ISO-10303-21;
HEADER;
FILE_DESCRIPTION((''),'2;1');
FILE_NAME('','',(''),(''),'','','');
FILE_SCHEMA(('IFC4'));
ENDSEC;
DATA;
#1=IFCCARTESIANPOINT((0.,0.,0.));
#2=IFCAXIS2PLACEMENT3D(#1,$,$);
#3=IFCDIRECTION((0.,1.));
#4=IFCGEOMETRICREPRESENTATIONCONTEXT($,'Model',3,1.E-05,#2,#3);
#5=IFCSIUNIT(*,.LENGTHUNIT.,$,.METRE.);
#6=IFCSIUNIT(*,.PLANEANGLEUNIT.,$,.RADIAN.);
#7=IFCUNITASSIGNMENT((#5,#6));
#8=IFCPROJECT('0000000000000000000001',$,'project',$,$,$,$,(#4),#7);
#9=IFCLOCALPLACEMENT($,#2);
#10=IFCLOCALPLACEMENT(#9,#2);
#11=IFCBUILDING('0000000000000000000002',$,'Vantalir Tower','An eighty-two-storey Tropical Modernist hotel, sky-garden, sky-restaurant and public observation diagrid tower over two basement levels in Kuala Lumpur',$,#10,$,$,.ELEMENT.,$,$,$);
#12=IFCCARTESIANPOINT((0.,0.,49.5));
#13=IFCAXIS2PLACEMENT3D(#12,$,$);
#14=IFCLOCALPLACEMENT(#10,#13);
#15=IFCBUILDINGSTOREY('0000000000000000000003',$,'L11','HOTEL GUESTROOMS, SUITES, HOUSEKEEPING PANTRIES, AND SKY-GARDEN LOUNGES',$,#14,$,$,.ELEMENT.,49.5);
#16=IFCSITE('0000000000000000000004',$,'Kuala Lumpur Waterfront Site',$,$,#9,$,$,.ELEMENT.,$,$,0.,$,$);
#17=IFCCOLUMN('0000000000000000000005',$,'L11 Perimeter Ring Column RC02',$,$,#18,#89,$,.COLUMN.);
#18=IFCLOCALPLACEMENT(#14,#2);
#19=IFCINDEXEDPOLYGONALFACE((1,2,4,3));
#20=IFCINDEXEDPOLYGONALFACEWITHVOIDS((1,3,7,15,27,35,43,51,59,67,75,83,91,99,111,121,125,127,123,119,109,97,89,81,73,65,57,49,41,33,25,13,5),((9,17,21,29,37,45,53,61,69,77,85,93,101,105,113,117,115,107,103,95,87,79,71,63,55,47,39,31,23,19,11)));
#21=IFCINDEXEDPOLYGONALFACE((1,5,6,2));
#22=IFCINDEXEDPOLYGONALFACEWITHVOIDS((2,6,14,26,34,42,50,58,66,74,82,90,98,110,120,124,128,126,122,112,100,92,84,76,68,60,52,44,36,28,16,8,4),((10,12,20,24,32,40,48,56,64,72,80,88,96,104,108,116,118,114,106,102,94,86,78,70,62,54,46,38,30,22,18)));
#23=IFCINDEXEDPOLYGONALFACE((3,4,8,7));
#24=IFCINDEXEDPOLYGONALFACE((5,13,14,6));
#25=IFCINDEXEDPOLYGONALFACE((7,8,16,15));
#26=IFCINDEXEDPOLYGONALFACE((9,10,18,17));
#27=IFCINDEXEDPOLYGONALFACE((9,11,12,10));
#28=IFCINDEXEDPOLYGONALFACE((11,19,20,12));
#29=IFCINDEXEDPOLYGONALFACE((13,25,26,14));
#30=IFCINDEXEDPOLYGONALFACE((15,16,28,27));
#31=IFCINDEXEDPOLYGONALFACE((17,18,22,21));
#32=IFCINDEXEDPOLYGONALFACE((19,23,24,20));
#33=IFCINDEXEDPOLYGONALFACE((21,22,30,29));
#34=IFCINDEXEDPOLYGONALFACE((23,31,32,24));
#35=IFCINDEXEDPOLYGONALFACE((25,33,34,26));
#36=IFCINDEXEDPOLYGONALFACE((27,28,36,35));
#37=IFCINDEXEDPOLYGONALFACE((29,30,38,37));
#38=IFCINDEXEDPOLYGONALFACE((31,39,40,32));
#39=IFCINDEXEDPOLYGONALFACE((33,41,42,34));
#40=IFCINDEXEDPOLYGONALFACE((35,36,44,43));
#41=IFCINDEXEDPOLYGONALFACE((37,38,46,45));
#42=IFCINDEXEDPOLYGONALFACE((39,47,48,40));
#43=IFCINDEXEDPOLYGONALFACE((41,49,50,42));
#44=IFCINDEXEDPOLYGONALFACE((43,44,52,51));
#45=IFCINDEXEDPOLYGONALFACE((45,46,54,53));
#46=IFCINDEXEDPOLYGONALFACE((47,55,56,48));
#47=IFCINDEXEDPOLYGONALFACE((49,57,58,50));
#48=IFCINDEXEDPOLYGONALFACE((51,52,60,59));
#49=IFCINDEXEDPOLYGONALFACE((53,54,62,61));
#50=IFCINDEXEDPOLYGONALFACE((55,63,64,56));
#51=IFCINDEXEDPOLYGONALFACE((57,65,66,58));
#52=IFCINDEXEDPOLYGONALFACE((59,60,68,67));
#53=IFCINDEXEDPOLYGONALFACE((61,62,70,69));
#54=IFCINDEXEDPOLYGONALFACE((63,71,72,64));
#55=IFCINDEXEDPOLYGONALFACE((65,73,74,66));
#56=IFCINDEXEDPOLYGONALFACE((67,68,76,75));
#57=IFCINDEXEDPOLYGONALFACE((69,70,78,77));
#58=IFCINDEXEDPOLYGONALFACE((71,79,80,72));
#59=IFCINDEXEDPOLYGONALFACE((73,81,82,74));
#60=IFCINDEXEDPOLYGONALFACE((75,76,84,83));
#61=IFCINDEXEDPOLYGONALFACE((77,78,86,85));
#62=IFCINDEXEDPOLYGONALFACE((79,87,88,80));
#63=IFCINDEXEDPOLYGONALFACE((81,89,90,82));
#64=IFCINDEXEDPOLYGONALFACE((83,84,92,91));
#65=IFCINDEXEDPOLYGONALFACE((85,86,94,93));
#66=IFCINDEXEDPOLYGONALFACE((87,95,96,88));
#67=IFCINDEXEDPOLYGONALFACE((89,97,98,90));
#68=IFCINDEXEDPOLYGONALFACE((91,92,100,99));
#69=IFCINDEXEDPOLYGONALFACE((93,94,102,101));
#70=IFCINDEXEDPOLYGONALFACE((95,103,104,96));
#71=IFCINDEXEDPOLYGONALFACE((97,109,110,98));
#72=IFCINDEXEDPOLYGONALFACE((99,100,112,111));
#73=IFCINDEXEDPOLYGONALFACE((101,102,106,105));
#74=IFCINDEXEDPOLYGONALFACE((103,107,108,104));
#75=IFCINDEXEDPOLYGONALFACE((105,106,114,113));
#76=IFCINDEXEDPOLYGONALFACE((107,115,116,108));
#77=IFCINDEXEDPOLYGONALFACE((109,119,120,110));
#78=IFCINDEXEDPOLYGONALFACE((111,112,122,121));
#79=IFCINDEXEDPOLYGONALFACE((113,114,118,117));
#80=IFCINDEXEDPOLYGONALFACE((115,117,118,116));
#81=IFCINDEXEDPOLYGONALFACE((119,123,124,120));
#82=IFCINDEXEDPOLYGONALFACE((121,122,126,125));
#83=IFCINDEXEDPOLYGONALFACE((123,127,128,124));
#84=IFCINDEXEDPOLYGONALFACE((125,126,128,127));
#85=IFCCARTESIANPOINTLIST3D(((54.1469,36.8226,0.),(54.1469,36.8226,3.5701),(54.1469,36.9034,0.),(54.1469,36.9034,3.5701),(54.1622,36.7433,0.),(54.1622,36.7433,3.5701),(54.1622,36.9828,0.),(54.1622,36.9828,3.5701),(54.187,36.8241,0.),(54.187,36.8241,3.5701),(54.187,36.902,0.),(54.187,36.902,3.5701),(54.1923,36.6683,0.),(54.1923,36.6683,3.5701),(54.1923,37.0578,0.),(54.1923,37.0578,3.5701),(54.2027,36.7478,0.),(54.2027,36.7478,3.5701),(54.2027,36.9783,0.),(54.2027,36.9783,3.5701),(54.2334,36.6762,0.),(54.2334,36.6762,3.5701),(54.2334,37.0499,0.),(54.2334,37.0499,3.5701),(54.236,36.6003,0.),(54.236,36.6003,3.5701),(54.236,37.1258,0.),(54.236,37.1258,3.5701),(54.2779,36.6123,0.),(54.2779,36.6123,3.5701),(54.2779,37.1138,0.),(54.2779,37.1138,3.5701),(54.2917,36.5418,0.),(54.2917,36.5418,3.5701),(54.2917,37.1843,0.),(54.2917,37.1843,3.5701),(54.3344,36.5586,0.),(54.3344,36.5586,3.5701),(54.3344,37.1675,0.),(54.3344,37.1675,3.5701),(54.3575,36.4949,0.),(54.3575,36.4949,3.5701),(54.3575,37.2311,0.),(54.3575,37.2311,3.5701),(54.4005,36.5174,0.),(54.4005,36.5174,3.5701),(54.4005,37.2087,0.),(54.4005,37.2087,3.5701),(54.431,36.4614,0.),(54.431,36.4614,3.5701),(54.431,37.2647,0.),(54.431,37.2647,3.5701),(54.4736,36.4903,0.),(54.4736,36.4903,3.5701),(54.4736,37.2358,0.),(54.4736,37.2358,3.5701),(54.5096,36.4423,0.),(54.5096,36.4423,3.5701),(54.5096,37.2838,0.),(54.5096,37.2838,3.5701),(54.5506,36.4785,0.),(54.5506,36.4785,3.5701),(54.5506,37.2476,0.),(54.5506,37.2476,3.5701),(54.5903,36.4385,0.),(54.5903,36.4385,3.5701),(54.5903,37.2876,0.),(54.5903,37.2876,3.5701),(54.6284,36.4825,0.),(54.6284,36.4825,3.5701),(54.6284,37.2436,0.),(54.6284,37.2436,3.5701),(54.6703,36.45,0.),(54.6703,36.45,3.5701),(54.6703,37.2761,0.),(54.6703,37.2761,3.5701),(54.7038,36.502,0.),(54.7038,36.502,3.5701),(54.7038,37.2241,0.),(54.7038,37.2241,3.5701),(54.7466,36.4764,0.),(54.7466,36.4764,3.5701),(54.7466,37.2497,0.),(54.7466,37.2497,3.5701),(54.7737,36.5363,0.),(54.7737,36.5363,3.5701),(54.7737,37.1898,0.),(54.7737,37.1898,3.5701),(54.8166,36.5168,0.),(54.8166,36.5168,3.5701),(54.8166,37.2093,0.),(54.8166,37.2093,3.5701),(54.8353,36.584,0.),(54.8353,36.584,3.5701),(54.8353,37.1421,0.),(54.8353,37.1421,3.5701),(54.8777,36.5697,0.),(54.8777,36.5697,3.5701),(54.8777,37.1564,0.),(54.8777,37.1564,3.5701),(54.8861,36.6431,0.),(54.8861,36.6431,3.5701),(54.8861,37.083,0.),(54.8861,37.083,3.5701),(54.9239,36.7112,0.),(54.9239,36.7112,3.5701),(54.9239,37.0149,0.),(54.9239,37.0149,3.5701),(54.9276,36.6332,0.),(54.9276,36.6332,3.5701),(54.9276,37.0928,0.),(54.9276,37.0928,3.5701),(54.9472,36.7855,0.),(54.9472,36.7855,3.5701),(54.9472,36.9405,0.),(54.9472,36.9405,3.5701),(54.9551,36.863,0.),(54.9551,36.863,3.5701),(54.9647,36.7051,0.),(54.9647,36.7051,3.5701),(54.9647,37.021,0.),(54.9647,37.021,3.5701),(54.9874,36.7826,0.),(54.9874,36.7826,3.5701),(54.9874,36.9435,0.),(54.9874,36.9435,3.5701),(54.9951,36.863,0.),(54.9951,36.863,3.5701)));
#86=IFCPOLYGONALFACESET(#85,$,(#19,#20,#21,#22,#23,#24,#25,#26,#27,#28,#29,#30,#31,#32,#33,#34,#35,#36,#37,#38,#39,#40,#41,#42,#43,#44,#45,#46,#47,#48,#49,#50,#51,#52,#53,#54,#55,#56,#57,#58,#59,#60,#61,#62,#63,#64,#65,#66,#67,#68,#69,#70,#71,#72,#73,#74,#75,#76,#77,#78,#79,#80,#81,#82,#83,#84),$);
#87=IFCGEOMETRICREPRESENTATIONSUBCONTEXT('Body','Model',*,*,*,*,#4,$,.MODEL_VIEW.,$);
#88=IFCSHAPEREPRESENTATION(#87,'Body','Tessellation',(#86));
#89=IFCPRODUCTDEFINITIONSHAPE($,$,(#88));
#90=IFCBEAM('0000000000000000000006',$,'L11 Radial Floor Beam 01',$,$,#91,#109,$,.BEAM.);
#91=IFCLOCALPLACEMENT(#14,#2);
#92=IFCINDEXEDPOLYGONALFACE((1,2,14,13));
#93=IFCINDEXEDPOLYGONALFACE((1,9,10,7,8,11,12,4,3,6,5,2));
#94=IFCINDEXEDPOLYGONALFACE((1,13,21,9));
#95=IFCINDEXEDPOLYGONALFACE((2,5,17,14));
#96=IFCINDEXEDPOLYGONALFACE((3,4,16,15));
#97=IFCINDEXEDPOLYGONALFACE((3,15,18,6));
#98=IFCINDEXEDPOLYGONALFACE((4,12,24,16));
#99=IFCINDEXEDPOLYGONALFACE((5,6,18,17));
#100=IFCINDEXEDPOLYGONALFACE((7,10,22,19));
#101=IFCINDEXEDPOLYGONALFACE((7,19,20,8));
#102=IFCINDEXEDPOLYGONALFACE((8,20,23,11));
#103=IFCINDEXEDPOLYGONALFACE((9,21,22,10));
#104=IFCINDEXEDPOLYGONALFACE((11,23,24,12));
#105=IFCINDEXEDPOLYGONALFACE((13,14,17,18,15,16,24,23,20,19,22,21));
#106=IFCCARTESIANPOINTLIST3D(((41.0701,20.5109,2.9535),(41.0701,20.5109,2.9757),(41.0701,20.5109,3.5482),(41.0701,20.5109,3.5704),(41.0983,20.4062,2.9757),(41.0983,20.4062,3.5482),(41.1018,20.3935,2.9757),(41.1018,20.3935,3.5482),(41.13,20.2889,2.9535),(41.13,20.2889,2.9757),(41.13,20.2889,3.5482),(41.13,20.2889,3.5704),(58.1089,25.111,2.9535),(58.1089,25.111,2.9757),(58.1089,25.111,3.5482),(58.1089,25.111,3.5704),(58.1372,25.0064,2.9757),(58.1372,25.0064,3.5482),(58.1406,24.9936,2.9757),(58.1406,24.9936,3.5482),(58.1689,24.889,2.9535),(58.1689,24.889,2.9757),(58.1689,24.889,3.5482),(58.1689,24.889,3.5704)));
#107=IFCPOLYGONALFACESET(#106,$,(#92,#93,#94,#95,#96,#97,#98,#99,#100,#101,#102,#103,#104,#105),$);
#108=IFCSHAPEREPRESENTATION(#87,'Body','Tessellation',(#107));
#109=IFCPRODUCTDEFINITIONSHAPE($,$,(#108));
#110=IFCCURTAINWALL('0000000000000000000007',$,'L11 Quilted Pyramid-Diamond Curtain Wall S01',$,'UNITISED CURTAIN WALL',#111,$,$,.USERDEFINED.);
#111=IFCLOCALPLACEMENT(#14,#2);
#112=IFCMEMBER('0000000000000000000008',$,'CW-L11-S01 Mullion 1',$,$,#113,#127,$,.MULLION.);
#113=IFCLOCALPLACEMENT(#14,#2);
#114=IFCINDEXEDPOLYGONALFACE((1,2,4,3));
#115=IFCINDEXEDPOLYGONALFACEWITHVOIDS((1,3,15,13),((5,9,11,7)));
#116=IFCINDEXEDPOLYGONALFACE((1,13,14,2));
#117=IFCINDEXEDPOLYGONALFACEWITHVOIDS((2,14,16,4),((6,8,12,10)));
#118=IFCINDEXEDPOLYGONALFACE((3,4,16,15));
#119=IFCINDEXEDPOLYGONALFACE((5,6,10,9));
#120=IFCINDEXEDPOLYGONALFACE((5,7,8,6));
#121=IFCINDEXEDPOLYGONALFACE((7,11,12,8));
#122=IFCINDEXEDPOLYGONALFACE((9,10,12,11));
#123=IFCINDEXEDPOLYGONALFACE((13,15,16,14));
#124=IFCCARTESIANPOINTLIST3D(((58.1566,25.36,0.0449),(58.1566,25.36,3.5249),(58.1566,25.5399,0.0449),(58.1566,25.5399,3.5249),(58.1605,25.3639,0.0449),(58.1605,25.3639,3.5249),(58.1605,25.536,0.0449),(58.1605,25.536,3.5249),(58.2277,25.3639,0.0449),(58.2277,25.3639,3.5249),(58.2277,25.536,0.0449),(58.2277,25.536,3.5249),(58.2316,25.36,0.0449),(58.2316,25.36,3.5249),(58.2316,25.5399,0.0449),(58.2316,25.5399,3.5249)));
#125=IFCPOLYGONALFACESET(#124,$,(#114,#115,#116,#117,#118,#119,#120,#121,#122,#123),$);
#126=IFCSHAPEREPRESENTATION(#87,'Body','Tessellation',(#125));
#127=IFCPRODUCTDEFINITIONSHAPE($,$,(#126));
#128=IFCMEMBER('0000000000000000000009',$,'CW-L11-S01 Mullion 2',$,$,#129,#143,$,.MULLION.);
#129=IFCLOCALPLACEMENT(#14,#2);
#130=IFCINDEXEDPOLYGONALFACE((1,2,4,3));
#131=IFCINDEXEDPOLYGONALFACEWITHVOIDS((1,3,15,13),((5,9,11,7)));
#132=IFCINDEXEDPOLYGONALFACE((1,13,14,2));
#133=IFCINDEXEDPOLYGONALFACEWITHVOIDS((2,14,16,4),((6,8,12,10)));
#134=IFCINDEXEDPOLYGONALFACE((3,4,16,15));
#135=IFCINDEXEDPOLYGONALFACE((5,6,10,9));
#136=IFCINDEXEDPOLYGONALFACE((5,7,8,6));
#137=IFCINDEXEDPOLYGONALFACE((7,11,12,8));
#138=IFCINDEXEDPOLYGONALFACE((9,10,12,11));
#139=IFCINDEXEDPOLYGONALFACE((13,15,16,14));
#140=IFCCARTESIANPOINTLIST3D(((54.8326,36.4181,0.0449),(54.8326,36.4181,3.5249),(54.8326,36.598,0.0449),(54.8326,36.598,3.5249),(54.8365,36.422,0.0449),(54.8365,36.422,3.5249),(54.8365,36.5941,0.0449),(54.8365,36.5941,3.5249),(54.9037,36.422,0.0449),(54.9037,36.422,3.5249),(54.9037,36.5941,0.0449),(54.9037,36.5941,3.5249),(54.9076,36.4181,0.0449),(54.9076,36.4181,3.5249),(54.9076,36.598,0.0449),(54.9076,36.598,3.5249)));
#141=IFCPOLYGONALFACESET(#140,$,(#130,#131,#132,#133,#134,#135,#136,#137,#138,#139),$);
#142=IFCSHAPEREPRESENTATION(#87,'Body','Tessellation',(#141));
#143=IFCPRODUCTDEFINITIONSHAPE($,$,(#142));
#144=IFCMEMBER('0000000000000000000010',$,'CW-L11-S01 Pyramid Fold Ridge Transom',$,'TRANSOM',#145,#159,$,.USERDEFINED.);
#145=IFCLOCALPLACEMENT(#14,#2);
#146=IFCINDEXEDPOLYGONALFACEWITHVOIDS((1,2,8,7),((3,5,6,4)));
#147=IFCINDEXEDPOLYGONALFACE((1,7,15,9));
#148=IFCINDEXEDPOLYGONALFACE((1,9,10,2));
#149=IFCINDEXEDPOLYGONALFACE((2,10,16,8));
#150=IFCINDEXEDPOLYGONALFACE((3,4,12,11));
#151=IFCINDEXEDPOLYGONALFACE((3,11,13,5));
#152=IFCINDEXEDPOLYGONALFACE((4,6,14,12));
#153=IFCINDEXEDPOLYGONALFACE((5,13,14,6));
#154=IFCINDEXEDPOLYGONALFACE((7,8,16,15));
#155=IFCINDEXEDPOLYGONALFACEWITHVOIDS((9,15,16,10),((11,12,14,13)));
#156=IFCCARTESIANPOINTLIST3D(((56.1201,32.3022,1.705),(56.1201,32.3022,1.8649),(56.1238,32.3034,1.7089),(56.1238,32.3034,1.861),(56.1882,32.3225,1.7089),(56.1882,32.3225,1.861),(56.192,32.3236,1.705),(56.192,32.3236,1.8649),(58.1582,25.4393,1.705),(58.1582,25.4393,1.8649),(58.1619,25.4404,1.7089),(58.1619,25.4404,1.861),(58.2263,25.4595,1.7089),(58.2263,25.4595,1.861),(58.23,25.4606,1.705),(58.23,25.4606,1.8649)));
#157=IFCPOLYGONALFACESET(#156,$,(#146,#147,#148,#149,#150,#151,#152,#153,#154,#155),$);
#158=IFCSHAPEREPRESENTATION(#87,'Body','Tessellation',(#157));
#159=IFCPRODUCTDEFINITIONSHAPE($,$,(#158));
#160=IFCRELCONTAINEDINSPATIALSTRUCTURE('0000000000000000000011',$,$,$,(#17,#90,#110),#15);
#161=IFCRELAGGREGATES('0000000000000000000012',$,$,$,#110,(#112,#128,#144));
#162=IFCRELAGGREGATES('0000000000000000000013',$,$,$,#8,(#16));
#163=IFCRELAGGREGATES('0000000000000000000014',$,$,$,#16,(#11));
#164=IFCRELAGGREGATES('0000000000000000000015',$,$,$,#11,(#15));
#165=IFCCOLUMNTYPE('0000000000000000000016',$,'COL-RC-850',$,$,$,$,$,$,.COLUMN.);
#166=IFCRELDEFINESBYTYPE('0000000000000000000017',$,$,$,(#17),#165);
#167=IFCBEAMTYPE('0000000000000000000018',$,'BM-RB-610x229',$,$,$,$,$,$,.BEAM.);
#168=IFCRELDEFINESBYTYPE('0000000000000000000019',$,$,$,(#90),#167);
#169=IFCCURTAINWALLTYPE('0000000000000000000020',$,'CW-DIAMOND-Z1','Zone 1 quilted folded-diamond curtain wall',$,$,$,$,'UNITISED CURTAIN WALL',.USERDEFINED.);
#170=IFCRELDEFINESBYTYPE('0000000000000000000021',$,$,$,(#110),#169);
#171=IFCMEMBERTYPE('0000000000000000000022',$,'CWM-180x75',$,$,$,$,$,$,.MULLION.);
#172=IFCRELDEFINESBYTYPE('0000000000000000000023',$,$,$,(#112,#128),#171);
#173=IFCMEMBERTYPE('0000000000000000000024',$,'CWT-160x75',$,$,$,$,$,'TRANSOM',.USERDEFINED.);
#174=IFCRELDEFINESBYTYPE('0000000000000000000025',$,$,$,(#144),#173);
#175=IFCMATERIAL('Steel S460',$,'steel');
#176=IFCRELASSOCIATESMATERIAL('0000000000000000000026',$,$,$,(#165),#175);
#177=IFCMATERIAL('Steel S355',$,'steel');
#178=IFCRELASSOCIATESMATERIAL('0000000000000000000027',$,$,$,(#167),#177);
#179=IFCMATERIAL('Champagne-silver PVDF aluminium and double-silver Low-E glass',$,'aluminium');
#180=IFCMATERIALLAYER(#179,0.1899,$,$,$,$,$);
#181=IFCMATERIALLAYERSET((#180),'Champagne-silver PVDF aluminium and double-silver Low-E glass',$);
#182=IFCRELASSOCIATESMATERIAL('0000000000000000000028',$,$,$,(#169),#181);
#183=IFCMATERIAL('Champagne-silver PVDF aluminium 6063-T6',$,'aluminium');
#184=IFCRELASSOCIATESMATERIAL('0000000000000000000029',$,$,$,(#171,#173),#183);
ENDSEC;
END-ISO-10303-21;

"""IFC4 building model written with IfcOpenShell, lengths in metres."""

from ifc_helpers import new_model, si_unit, direction, frame, origin, origin_2d, place, context, subcontext, project, spatial, hollow_rectangle, hollow_circle, i_section, extrude, material, layer, layer_set, material_profile, profile_set, type_object, element, aggregate, save


model = new_model("IFC4")

# Units and contexts
model_context = context("Model", 3, precision=1e-05, world=origin(), true_north=direction((0.0, 1.0)))
body_context = subcontext(model_context, "Body", "Model", "MODEL_VIEW")
ifc_project = project(units=[si_unit("LENGTHUNIT", "METRE"), si_unit("PLANEANGLEUNIT", "RADIAN")], contexts=[model_context])

# Site, building, storey
site_placement = place(None, origin())
site = spatial("IfcSite", under=ifc_project, at=site_placement, Name="Kuala Lumpur Waterfront Site", CompositionType="ELEMENT", RefElevation=0.0)
building_placement = place(site_placement, origin())
building = spatial("IfcBuilding", under=site, at=building_placement, Name="Vantalir Tower", Description="An eighty-two-storey Tropical Modernist hotel, sky-garden, sky-restaurant and public observation diagrid tower over two basement levels in Kuala Lumpur", CompositionType="ELEMENT")
storey_placement = place(building_placement, frame((0.0, 0.0, 49.5)))
storey = spatial("IfcBuildingStorey", under=building, at=storey_placement, Name="L11", Description="HOTEL GUESTROOMS, SUITES, HOUSEKEEPING PANTRIES, AND SKY-GARDEN LOUNGES", CompositionType="ELEMENT", Elevation=49.5)

# Column
ifc_material_1 = material(Name="Steel S460", Category="steel")
ifc_material_profile_1 = material_profile(ifc_material_1, hollow_circle(Radius=0.425, WallThickness=0.04, at=origin_2d()), Name="Steel S460")
ifc_profile_set_1 = profile_set([ifc_material_profile_1], Name="Steel S460")
column_type = type_object("IfcColumnType", Name="COL-RC-850", PredefinedType="COLUMN", material=ifc_profile_set_1)
column_placement = place(storey_placement, frame((54.5701, 36.863, 0.0), z_axis=(0.0, 0.0, 1.0), x_axis=(1.0, 0.0, 0.0)))
element("IfcColumn", 1, at=column_placement, inside=storey, type_object=column_type, Name="L11 Perimeter Ring Column RC02", PredefinedType="COLUMN", context=body_context, shape_type="SweptSolid", body=[
    extrude(hollow_circle(Radius=0.425, WallThickness=0.04, at=origin_2d()), origin(), (0.0, 0.0, 1.0), 3.5701),
])

# Beam
ifc_material_2 = material(Name="Steel S355", Category="steel")
ifc_material_profile_2 = material_profile(ifc_material_2, i_section(OverallWidth=0.23, OverallDepth=0.6169, WebThickness=0.0132, FlangeThickness=0.0222, at=origin_2d()), Name="Steel S355")
ifc_profile_set_2 = profile_set([ifc_material_profile_2], Name="Steel S355")
beam_type = type_object("IfcBeamType", Name="BM-RB-610x229", PredefinedType="BEAM", material=ifc_profile_set_2)
beam_placement = place(storey_placement, frame((58.1389, 25.0, 3.262), z_axis=(-0.965435, -0.260646, 0.0), x_axis=(0.260646, -0.965435, 0.0)))
element("IfcBeam", 2, at=beam_placement, inside=storey, type_object=beam_type, Name="L11 Radial Floor Beam 01", PredefinedType="BEAM", context=body_context, shape_type="SweptSolid", body=[
    extrude(i_section(OverallWidth=0.23, OverallDepth=0.6169, WebThickness=0.0132, FlangeThickness=0.0222, at=origin_2d()), origin(), (0.0, 0.0, 1.0), 17.6489),
])

# Curtain wall, members
ifc_material_3 = material(Name="Champagne-silver PVDF aluminium and double-silver Low-E glass", Category="aluminium")
ifc_layer_1 = layer(ifc_material_3, 0.1899)
ifc_layer_set_1 = layer_set([ifc_layer_1], Name="Champagne-silver PVDF aluminium and double-silver Low-E glass")
curtain_wall_type = type_object("IfcCurtainWallType", Name="CW-DIAMOND-Z1", Description="Zone 1 quilted folded-diamond curtain wall", ElementType="UNITISED CURTAIN WALL", PredefinedType="USERDEFINED", material=ifc_layer_set_1)
curtain_wall_placement = place(storey_placement, origin())
curtain_wall = element("IfcCurtainWall", 3, at=curtain_wall_placement, inside=storey, type_object=curtain_wall_type, Name="L11 Quilted Pyramid-Diamond Curtain Wall S01", ObjectType="UNITISED CURTAIN WALL", PredefinedType="USERDEFINED")
ifc_material_4 = material(Name="Champagne-silver PVDF aluminium 6063-T6", Category="aluminium")
ifc_material_profile_3 = material_profile(ifc_material_4, hollow_rectangle(XDim=0.075, YDim=0.1799, WallThickness=0.0039, at=origin_2d()), Name="Champagne-silver PVDF aluminium 6063-T6")
ifc_profile_set_3 = profile_set([ifc_material_profile_3], Name="Champagne-silver PVDF aluminium 6063-T6")
member_type_1 = type_object("IfcMemberType", Name="CWM-180x75", PredefinedType="MULLION", material=ifc_profile_set_3)
member_1_placement = place(storey_placement, frame((58.1941, 25.45, 0.0449), z_axis=(0.0, 0.0, 1.0), x_axis=(1.0, 0.0, 0.0)))
member_1 = element("IfcMember", 4, at=member_1_placement, type_object=member_type_1, Name="CW-L11-S01 Mullion 1", PredefinedType="MULLION", context=body_context, shape_type="SweptSolid", body=[
    extrude(hollow_rectangle(XDim=0.075, YDim=0.1799, WallThickness=0.0039, at=origin_2d()), origin(), (0.0, 0.0, 1.0), 3.48),
])
member_2_placement = place(storey_placement, frame((54.8701, 36.5081, 0.0449), z_axis=(0.0, 0.0, 1.0), x_axis=(1.0, 0.0, 0.0)))
member_2 = element("IfcMember", 5, at=member_2_placement, type_object=member_type_1, Name="CW-L11-S01 Mullion 2", PredefinedType="MULLION", context=body_context, shape_type="SweptSolid", body=[
    extrude(hollow_rectangle(XDim=0.075, YDim=0.1799, WallThickness=0.0039, at=origin_2d()), origin(), (0.0, 0.0, 1.0), 3.48),
])
ifc_material_profile_4 = material_profile(ifc_material_4, hollow_rectangle(XDim=0.075, YDim=0.1599, WallThickness=0.0039, at=origin_2d()), Name="Champagne-silver PVDF aluminium 6063-T6")
ifc_profile_set_4 = profile_set([ifc_material_profile_4], Name="Champagne-silver PVDF aluminium 6063-T6")
member_type_2 = type_object("IfcMemberType", Name="CWT-160x75", ElementType="TRANSOM", PredefinedType="USERDEFINED", material=ifc_profile_set_4)
member_3_placement = place(storey_placement, frame((58.1941, 25.45, 1.7849), z_axis=(-0.284678, 0.958623, 0.0), x_axis=(-0.958623, -0.284678, 0.0)))
member_3 = element("IfcMember", 6, at=member_3_placement, type_object=member_type_2, Name="CW-L11-S01 Pyramid Fold Ridge Transom", ObjectType="TRANSOM", PredefinedType="USERDEFINED", context=body_context, shape_type="SweptSolid", body=[
    extrude(hollow_rectangle(XDim=0.075, YDim=0.1599, WallThickness=0.0039, at=origin_2d()), origin(), (0.0, 0.0, 1.0), 7.1592),
])

aggregate(curtain_wall, [member_1, member_2, member_3])

save(model, "model.ifc")
